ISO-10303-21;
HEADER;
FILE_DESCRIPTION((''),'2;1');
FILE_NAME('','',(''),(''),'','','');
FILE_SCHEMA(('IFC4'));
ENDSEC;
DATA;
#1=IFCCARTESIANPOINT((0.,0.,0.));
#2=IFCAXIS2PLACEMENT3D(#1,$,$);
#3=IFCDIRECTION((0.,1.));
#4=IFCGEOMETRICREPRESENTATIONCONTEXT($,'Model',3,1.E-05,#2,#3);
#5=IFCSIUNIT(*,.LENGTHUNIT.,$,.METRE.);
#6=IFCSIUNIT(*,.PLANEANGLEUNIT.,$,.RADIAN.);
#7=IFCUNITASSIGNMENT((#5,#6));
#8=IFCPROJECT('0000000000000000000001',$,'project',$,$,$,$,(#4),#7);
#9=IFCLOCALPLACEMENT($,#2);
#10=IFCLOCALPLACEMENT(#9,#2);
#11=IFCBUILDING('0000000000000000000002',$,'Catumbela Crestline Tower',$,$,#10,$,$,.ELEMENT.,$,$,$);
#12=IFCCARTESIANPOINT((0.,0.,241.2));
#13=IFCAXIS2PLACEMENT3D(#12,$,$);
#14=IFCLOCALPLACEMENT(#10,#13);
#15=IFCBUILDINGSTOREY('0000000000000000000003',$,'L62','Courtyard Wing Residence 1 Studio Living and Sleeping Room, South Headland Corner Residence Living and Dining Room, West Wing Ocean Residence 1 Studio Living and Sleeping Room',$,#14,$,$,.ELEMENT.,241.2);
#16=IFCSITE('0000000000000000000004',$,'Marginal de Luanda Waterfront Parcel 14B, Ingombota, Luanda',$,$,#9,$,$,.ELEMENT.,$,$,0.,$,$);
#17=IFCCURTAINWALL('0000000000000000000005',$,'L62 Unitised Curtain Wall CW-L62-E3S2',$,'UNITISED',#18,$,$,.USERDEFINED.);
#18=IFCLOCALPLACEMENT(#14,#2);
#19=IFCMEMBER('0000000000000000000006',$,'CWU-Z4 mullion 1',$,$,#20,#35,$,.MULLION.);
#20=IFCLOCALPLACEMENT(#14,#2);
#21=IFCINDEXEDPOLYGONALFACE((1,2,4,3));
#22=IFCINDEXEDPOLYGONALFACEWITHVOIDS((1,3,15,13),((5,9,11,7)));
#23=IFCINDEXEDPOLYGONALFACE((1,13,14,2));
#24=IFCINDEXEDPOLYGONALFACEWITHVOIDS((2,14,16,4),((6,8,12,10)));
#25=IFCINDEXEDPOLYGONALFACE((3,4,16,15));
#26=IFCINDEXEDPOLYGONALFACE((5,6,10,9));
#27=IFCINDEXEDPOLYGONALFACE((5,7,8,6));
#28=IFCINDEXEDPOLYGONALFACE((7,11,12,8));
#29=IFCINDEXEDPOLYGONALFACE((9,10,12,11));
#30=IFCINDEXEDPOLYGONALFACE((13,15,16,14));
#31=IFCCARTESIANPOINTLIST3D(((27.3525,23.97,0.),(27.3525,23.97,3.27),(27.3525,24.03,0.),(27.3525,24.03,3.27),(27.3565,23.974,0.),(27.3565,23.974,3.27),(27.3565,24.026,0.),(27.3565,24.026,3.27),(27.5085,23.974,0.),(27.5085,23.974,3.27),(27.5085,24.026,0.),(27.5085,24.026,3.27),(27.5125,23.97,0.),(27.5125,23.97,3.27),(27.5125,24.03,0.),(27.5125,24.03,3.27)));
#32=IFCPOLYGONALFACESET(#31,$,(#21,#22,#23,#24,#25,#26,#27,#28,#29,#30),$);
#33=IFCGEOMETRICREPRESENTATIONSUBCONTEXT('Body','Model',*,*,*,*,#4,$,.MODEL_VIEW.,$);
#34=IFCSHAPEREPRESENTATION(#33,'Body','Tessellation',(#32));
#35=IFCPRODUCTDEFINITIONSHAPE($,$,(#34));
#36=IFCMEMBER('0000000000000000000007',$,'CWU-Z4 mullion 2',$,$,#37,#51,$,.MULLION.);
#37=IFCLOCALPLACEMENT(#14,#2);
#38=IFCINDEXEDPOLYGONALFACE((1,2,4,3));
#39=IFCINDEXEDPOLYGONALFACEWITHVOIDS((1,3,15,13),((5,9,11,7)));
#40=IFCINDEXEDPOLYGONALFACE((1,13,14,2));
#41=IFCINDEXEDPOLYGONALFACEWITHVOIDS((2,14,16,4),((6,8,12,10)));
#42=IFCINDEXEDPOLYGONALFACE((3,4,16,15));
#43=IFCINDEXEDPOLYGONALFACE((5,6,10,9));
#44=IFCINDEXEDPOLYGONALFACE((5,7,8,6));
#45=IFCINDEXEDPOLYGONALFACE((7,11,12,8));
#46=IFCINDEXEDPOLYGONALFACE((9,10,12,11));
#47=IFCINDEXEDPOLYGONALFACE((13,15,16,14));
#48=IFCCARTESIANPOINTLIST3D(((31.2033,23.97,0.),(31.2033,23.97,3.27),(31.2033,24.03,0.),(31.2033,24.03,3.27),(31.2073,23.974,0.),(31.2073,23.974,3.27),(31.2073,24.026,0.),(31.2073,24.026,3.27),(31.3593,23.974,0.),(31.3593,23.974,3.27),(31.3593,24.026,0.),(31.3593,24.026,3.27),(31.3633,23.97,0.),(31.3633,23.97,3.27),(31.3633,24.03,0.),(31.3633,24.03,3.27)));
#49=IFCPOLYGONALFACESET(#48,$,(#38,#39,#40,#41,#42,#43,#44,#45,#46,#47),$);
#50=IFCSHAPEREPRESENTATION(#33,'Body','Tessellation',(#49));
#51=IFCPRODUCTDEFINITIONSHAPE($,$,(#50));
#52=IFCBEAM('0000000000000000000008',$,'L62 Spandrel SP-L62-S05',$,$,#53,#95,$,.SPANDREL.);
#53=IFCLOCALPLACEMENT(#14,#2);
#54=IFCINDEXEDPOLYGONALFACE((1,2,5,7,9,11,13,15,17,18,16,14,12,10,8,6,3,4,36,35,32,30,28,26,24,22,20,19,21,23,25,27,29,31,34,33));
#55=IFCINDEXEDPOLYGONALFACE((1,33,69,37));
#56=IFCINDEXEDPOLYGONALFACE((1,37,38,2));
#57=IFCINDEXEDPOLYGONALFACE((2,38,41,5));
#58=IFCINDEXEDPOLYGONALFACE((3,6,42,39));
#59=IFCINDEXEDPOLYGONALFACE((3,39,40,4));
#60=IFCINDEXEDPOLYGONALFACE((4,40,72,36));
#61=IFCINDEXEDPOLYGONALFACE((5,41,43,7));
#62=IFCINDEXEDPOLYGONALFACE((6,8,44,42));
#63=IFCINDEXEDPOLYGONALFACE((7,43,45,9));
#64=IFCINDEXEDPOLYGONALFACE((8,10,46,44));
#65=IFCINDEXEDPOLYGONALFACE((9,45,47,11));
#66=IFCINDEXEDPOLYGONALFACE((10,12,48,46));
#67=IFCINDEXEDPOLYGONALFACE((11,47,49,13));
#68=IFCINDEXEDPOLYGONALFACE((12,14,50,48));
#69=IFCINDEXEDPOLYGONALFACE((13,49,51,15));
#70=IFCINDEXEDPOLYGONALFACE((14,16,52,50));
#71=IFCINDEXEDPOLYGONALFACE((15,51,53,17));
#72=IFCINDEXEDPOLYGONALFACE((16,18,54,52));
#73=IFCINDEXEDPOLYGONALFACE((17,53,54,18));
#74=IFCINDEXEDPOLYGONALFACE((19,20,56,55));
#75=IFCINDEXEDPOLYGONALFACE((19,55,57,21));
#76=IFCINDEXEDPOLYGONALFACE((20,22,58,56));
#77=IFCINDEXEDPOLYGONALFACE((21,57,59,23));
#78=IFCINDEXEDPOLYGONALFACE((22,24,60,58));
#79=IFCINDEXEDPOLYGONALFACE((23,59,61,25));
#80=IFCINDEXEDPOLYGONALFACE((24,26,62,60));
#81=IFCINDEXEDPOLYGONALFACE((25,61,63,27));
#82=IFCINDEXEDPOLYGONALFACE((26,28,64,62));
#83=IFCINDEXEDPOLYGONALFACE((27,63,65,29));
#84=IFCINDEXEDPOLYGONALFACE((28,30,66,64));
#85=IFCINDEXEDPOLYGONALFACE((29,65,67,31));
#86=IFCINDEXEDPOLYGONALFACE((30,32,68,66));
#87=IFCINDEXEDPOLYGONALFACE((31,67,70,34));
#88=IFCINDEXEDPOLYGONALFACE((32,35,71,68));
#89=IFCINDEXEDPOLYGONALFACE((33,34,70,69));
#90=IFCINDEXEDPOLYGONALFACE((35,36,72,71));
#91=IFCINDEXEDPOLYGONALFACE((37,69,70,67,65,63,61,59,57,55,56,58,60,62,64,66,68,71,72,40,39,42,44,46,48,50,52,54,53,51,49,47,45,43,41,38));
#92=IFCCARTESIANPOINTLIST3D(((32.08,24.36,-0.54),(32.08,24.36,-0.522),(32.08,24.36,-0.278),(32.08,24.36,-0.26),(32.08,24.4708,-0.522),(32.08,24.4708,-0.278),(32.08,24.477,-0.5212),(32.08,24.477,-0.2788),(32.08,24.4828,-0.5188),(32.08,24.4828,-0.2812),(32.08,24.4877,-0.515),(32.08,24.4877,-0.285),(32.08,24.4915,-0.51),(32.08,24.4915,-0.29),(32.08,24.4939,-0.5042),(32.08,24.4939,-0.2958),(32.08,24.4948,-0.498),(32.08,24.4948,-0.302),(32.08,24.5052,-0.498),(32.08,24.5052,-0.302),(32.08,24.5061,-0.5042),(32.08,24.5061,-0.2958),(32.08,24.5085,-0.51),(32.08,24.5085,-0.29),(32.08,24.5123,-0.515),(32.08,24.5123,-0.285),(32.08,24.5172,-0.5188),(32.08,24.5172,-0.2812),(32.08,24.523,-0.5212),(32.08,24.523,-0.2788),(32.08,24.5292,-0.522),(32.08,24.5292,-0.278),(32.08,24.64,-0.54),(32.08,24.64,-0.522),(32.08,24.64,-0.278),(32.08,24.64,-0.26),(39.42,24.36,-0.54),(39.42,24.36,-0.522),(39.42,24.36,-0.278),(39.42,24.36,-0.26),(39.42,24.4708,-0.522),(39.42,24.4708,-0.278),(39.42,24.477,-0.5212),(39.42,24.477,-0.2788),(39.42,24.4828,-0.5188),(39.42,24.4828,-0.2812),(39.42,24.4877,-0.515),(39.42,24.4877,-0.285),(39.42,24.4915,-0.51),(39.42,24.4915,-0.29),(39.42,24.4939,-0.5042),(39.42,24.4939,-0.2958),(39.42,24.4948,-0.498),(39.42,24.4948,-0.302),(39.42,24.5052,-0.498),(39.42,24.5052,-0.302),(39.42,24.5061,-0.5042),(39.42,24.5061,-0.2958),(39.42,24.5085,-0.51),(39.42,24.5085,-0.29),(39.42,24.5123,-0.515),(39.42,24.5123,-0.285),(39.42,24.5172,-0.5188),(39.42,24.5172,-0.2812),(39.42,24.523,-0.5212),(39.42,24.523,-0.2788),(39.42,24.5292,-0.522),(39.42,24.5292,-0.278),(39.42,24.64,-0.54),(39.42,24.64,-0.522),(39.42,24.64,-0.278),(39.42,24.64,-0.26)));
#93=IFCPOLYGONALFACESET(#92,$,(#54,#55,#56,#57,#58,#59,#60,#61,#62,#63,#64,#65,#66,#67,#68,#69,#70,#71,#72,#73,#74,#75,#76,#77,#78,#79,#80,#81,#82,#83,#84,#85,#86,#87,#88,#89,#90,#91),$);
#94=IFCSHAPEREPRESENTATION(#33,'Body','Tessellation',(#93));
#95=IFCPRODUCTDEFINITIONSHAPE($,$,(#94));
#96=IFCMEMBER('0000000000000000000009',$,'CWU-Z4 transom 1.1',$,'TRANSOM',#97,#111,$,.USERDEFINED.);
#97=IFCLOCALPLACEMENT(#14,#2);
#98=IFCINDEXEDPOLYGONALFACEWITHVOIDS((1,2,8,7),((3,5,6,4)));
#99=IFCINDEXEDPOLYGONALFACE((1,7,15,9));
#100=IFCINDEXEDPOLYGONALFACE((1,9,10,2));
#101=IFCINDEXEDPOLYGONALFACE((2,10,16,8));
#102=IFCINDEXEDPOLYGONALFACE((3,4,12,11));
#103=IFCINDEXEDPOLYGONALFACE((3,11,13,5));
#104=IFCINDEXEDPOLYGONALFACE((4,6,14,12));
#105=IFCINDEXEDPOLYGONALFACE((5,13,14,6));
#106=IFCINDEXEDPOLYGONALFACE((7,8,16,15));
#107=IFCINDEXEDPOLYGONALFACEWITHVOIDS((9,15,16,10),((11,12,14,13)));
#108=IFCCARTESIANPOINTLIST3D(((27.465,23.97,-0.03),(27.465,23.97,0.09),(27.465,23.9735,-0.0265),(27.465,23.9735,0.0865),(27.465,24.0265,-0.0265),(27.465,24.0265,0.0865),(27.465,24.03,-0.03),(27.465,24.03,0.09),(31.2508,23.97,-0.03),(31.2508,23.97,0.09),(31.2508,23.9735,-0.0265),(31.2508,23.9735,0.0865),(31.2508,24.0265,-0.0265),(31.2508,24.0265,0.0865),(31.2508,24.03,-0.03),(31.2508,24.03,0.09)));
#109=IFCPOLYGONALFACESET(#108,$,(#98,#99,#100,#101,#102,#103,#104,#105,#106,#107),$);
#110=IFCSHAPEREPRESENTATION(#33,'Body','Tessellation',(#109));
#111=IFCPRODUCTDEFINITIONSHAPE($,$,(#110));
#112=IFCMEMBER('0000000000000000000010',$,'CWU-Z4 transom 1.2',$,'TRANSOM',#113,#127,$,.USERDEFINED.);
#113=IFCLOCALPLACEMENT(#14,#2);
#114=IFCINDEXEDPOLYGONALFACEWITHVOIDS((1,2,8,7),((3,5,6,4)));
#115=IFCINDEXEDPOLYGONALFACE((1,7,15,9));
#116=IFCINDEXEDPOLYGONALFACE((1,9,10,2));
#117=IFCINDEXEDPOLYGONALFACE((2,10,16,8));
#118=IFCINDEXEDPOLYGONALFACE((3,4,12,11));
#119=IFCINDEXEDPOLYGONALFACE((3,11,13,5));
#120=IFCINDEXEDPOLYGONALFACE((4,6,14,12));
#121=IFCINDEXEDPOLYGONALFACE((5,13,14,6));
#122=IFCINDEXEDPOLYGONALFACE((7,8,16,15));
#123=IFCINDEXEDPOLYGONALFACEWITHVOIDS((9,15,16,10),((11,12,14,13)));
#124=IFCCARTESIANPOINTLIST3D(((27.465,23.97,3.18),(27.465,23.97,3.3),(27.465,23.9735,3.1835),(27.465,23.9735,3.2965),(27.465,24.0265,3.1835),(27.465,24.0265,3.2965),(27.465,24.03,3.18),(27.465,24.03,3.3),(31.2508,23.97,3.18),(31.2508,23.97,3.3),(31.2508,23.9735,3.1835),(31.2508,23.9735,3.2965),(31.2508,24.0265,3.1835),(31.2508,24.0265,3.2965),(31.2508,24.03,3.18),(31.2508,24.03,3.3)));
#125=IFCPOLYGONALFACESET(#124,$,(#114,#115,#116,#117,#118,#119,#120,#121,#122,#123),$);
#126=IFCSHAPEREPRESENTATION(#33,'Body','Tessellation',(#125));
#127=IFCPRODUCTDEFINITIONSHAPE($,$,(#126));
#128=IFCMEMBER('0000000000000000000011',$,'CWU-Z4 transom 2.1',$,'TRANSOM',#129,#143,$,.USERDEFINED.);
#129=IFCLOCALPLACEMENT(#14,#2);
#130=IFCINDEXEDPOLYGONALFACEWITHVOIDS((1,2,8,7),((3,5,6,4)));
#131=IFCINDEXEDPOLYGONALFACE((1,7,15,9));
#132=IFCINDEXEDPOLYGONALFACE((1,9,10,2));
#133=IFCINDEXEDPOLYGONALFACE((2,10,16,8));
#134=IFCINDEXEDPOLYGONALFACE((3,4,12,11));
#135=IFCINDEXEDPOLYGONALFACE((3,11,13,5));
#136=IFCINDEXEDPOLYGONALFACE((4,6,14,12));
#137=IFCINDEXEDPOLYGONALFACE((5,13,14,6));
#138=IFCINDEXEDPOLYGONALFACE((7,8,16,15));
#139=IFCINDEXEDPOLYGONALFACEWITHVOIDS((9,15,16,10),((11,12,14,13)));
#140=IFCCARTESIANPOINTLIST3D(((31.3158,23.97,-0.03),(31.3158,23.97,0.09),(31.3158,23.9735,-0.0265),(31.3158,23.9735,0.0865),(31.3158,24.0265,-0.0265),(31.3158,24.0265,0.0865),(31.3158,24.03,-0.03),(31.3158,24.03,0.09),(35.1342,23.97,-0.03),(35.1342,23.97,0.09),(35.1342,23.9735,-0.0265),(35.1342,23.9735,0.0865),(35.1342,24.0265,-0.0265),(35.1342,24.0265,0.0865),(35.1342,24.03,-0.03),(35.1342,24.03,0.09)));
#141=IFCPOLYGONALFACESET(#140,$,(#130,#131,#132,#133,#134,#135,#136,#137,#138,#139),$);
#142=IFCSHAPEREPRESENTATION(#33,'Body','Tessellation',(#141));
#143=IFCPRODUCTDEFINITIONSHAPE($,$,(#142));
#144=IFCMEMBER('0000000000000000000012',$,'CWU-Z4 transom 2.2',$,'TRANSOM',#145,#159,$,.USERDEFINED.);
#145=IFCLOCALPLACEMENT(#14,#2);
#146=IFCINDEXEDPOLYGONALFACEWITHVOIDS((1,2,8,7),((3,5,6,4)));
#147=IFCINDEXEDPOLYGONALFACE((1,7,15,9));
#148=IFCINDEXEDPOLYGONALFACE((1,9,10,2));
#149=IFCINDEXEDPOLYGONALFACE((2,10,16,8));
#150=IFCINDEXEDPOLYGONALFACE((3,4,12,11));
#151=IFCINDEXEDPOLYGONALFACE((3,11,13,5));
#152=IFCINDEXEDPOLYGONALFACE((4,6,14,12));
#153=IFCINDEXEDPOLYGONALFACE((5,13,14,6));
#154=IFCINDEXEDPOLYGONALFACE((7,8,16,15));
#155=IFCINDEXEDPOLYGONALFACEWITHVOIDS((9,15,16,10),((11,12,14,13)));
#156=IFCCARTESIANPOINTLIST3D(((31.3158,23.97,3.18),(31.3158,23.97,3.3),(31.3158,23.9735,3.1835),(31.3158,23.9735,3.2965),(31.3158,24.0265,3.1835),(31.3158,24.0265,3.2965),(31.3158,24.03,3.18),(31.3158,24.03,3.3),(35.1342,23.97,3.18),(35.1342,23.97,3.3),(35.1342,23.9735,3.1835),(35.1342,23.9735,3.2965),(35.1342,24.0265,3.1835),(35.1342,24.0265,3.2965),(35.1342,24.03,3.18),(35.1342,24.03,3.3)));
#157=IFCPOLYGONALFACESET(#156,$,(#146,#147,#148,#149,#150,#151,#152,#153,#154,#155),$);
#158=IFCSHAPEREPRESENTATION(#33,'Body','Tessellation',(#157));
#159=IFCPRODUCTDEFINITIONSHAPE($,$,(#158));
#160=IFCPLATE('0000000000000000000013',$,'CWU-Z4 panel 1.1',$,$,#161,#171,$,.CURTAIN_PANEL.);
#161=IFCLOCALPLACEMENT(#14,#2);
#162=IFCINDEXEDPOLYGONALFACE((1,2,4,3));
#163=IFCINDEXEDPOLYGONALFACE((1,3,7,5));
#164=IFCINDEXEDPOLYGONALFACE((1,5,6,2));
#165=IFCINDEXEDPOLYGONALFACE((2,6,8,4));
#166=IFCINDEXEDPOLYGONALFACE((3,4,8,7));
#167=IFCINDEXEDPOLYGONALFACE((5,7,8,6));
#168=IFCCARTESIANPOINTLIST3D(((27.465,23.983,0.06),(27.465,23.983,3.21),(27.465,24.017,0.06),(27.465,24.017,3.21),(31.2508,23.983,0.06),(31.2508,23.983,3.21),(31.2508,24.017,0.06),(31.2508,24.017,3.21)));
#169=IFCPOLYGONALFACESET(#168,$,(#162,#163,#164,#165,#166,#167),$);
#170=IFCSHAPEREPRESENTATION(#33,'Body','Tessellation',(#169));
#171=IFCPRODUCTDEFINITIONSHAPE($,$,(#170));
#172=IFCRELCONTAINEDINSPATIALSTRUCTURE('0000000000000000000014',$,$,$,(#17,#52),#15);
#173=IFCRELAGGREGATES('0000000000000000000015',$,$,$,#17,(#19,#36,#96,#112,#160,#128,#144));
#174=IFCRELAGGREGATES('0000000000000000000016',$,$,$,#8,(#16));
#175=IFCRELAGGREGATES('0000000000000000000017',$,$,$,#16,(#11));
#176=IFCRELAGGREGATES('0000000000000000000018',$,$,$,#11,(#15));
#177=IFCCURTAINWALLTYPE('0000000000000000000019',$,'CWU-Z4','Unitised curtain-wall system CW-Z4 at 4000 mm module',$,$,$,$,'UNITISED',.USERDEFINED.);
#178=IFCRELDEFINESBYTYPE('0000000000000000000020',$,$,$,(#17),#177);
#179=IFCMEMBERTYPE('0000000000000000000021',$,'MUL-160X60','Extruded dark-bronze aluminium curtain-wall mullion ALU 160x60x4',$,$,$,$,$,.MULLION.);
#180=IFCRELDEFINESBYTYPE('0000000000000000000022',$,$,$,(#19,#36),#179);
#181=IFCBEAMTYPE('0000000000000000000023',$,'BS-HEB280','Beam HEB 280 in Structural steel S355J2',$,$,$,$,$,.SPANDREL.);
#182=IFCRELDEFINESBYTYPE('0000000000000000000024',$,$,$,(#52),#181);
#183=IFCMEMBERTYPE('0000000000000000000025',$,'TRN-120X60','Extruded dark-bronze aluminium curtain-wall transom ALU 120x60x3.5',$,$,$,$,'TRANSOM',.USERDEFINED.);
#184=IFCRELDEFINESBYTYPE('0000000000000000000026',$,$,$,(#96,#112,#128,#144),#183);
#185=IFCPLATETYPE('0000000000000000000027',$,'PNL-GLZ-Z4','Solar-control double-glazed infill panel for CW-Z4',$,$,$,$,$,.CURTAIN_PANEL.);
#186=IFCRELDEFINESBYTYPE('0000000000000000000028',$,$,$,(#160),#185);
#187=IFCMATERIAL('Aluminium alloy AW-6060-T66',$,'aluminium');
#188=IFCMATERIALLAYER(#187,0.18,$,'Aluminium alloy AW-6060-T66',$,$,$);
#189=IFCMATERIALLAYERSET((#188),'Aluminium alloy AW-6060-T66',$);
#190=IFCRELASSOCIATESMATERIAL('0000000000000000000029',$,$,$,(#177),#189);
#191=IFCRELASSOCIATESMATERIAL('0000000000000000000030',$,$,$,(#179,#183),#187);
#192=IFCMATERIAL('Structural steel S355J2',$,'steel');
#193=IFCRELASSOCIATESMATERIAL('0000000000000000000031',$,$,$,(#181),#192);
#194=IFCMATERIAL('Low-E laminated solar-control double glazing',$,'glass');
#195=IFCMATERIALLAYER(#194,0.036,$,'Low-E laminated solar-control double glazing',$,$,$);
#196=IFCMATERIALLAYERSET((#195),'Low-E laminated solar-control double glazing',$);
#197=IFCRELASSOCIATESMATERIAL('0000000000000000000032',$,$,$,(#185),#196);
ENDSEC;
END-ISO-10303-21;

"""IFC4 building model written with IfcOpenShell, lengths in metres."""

from ifc_helpers import new_model, si_unit, direction, frame, origin, origin_2d, place, context, subcontext, project, spatial, rectangle, hollow_rectangle, i_section, extrude, material, layer, layer_set, material_profile, profile_set, type_object, element, aggregate, save


model = new_model("IFC4")

# Units and contexts
model_context = context("Model", 3, precision=1e-05, world=origin(), true_north=direction((0.0, 1.0)))
body_context = subcontext(model_context, "Body", "Model", "MODEL_VIEW")
ifc_project = project(units=[si_unit("LENGTHUNIT", "METRE"), si_unit("PLANEANGLEUNIT", "RADIAN")], contexts=[model_context])

# Site, building, storey
site_placement = place(None, origin())
site = spatial("IfcSite", under=ifc_project, at=site_placement, Name="Marginal de Luanda Waterfront Parcel 14B, Ingombota, Luanda", CompositionType="ELEMENT", RefElevation=0.0)
building_placement = place(site_placement, origin())
building = spatial("IfcBuilding", under=site, at=building_placement, Name="Catumbela Crestline Tower", CompositionType="ELEMENT")
storey_placement = place(building_placement, frame((0.0, 0.0, 241.2)))
storey = spatial("IfcBuildingStorey", under=building, at=storey_placement, Name="L62", Description="Courtyard Wing Residence 1 Studio Living and Sleeping Room, South Headland Corner Residence Living and Dining Room, West Wing Ocean Residence 1 Studio Living and Sleeping Room", CompositionType="ELEMENT", Elevation=241.2)

# Shared definitions
ifc_material_1 = material(Name="Structural steel S355J2", Category="steel")

# Curtain wall, members
ifc_material_2 = material(Name="Aluminium alloy AW-6060-T66", Category="aluminium")
ifc_layer_1 = layer(ifc_material_2, 0.18, Name="Aluminium alloy AW-6060-T66")
ifc_layer_set_1 = layer_set([ifc_layer_1], Name="Aluminium alloy AW-6060-T66")
curtain_wall_type = type_object("IfcCurtainWallType", Name="CWU-Z4", Description="Unitised curtain-wall system CW-Z4 at 4000 mm module", ElementType="UNITISED", PredefinedType="USERDEFINED", material=ifc_layer_set_1)
curtain_wall_placement = place(storey_placement, origin())
curtain_wall = element("IfcCurtainWall", 1, at=curtain_wall_placement, inside=storey, type_object=curtain_wall_type, Name="L62 Unitised Curtain Wall CW-L62-E3S2", ObjectType="UNITISED", PredefinedType="USERDEFINED")
ifc_material_profile_1 = material_profile(ifc_material_2, hollow_rectangle(XDim=0.06, YDim=0.16, WallThickness=0.004, at=origin_2d()), Name="ALU 160x60x4")
ifc_profile_set_1 = profile_set([ifc_material_profile_1], Name="Aluminium alloy AW-6060-T66")
member_type_1 = type_object("IfcMemberType", Name="MUL-160X60", Description="Extruded dark-bronze aluminium curtain-wall mullion ALU 160x60x4", PredefinedType="MULLION", material=ifc_profile_set_1)
member_1_placement = place(storey_placement, frame((27.4325, 24.0, 0.0), z_axis=(0.0, 0.0, 1.0), x_axis=(0.0, 1.0, 0.0)))
member_1 = element("IfcMember", 2, at=member_1_placement, type_object=member_type_1, Name="CWU-Z4 mullion 1", PredefinedType="MULLION", context=body_context, shape_type="SweptSolid", body=[
    extrude(hollow_rectangle(XDim=0.06, YDim=0.16, WallThickness=0.004, at=origin_2d()), origin(), (0.0, 0.0, 1.0), 3.27),
])
member_2_placement = place(storey_placement, frame((31.2833, 24.0, 0.0), z_axis=(0.0, 0.0, 1.0), x_axis=(0.0, 1.0, 0.0)))
member_2 = element("IfcMember", 3, at=member_2_placement, type_object=member_type_1, Name="CWU-Z4 mullion 2", PredefinedType="MULLION", context=body_context, shape_type="SweptSolid", body=[
    extrude(hollow_rectangle(XDim=0.06, YDim=0.16, WallThickness=0.004, at=origin_2d()), origin(), (0.0, 0.0, 1.0), 3.27),
])

# Beam
ifc_material_profile_2 = material_profile(ifc_material_1, i_section(OverallWidth=0.28, OverallDepth=0.28, WebThickness=0.0105, FlangeThickness=0.018, FilletRadius=0.024, at=origin_2d()), Name="HEB 280")
ifc_profile_set_2 = profile_set([ifc_material_profile_2], Name="Structural steel S355J2")
beam_type_1 = type_object("IfcBeamType", Name="BS-HEB280", Description="Beam HEB 280 in Structural steel S355J2", PredefinedType="SPANDREL", material=ifc_profile_set_2)
beam_1_placement = place(storey_placement, frame((32.08, 24.5, -0.4), z_axis=(1.0, 0.0, 0.0), x_axis=(0.0, 1.0, 0.0)))
element("IfcBeam", 4, at=beam_1_placement, inside=storey, type_object=beam_type_1, Name="L62 Spandrel SP-L62-S05", PredefinedType="SPANDREL", context=body_context, shape_type="SweptSolid", body=[
    extrude(i_section(OverallWidth=0.28, OverallDepth=0.28, WebThickness=0.0105, FlangeThickness=0.018, FilletRadius=0.024, at=origin_2d()), origin(), (0.0, 0.0, 1.0), 7.34),
])

# Members
ifc_material_profile_3 = material_profile(ifc_material_2, hollow_rectangle(XDim=0.06, YDim=0.12, WallThickness=0.0035, at=origin_2d()), Name="ALU 120x60x3.5")
ifc_profile_set_3 = profile_set([ifc_material_profile_3], Name="Aluminium alloy AW-6060-T66")
member_type_2 = type_object("IfcMemberType", Name="TRN-120X60", Description="Extruded dark-bronze aluminium curtain-wall transom ALU 120x60x3.5", ElementType="TRANSOM", PredefinedType="USERDEFINED", material=ifc_profile_set_3)
member_3_placement = place(storey_placement, frame((27.465, 24.0, 0.03), z_axis=(1.0, 0.0, 0.0), x_axis=(0.0, 1.0, 0.0)))
member_3 = element("IfcMember", 5, at=member_3_placement, type_object=member_type_2, Name="CWU-Z4 transom 1.1", ObjectType="TRANSOM", PredefinedType="USERDEFINED", context=body_context, shape_type="SweptSolid", body=[
    extrude(hollow_rectangle(XDim=0.06, YDim=0.12, WallThickness=0.0035, at=origin_2d()), origin(), (0.0, 0.0, 1.0), 3.7858),
])
member_4_placement = place(storey_placement, frame((27.465, 24.0, 3.24), z_axis=(1.0, 0.0, 0.0), x_axis=(0.0, 1.0, 0.0)))
member_4 = element("IfcMember", 6, at=member_4_placement, type_object=member_type_2, Name="CWU-Z4 transom 1.2", ObjectType="TRANSOM", PredefinedType="USERDEFINED", context=body_context, shape_type="SweptSolid", body=[
    extrude(hollow_rectangle(XDim=0.06, YDim=0.12, WallThickness=0.0035, at=origin_2d()), origin(), (0.0, 0.0, 1.0), 3.7858),
])
member_5_placement = place(storey_placement, frame((31.3158, 24.0, 0.03), z_axis=(1.0, 0.0, 0.0), x_axis=(0.0, 1.0, 0.0)))
member_5 = element("IfcMember", 7, at=member_5_placement, type_object=member_type_2, Name="CWU-Z4 transom 2.1", ObjectType="TRANSOM", PredefinedType="USERDEFINED", context=body_context, shape_type="SweptSolid", body=[
    extrude(hollow_rectangle(XDim=0.06, YDim=0.12, WallThickness=0.0035, at=origin_2d()), origin(), (0.0, 0.0, 1.0), 3.8184),
])
member_6_placement = place(storey_placement, frame((31.3158, 24.0, 3.24), z_axis=(1.0, 0.0, 0.0), x_axis=(0.0, 1.0, 0.0)))
member_6 = element("IfcMember", 8, at=member_6_placement, type_object=member_type_2, Name="CWU-Z4 transom 2.2", ObjectType="TRANSOM", PredefinedType="USERDEFINED", context=body_context, shape_type="SweptSolid", body=[
    extrude(hollow_rectangle(XDim=0.06, YDim=0.12, WallThickness=0.0035, at=origin_2d()), origin(), (0.0, 0.0, 1.0), 3.8184),
])

# Plate
ifc_material_3 = material(Name="Low-E laminated solar-control double glazing", Category="glass")
ifc_layer_2 = layer(ifc_material_3, 0.036, Name="Low-E laminated solar-control double glazing")
ifc_layer_set_2 = layer_set([ifc_layer_2], Name="Low-E laminated solar-control double glazing")
plate_type = type_object("IfcPlateType", Name="PNL-GLZ-Z4", Description="Solar-control double-glazed infill panel for CW-Z4", PredefinedType="CURTAIN_PANEL", material=ifc_layer_set_2)
plate_placement = place(storey_placement, frame((29.3579, 24.0, 0.06), z_axis=(0.0, 0.0, 1.0), x_axis=(1.0, 0.0, 0.0)))
plate = element("IfcPlate", 9, at=plate_placement, type_object=plate_type, Name="CWU-Z4 panel 1.1", PredefinedType="CURTAIN_PANEL", context=body_context, shape_type="SweptSolid", body=[
    extrude(rectangle(XDim=3.7858, YDim=0.034, at=origin_2d()), origin(), (0.0, 0.0, 1.0), 3.15),
])
aggregate(curtain_wall, [member_1, member_2, member_3, member_4, plate, member_5, member_6])

save(model, "model.ifc")
